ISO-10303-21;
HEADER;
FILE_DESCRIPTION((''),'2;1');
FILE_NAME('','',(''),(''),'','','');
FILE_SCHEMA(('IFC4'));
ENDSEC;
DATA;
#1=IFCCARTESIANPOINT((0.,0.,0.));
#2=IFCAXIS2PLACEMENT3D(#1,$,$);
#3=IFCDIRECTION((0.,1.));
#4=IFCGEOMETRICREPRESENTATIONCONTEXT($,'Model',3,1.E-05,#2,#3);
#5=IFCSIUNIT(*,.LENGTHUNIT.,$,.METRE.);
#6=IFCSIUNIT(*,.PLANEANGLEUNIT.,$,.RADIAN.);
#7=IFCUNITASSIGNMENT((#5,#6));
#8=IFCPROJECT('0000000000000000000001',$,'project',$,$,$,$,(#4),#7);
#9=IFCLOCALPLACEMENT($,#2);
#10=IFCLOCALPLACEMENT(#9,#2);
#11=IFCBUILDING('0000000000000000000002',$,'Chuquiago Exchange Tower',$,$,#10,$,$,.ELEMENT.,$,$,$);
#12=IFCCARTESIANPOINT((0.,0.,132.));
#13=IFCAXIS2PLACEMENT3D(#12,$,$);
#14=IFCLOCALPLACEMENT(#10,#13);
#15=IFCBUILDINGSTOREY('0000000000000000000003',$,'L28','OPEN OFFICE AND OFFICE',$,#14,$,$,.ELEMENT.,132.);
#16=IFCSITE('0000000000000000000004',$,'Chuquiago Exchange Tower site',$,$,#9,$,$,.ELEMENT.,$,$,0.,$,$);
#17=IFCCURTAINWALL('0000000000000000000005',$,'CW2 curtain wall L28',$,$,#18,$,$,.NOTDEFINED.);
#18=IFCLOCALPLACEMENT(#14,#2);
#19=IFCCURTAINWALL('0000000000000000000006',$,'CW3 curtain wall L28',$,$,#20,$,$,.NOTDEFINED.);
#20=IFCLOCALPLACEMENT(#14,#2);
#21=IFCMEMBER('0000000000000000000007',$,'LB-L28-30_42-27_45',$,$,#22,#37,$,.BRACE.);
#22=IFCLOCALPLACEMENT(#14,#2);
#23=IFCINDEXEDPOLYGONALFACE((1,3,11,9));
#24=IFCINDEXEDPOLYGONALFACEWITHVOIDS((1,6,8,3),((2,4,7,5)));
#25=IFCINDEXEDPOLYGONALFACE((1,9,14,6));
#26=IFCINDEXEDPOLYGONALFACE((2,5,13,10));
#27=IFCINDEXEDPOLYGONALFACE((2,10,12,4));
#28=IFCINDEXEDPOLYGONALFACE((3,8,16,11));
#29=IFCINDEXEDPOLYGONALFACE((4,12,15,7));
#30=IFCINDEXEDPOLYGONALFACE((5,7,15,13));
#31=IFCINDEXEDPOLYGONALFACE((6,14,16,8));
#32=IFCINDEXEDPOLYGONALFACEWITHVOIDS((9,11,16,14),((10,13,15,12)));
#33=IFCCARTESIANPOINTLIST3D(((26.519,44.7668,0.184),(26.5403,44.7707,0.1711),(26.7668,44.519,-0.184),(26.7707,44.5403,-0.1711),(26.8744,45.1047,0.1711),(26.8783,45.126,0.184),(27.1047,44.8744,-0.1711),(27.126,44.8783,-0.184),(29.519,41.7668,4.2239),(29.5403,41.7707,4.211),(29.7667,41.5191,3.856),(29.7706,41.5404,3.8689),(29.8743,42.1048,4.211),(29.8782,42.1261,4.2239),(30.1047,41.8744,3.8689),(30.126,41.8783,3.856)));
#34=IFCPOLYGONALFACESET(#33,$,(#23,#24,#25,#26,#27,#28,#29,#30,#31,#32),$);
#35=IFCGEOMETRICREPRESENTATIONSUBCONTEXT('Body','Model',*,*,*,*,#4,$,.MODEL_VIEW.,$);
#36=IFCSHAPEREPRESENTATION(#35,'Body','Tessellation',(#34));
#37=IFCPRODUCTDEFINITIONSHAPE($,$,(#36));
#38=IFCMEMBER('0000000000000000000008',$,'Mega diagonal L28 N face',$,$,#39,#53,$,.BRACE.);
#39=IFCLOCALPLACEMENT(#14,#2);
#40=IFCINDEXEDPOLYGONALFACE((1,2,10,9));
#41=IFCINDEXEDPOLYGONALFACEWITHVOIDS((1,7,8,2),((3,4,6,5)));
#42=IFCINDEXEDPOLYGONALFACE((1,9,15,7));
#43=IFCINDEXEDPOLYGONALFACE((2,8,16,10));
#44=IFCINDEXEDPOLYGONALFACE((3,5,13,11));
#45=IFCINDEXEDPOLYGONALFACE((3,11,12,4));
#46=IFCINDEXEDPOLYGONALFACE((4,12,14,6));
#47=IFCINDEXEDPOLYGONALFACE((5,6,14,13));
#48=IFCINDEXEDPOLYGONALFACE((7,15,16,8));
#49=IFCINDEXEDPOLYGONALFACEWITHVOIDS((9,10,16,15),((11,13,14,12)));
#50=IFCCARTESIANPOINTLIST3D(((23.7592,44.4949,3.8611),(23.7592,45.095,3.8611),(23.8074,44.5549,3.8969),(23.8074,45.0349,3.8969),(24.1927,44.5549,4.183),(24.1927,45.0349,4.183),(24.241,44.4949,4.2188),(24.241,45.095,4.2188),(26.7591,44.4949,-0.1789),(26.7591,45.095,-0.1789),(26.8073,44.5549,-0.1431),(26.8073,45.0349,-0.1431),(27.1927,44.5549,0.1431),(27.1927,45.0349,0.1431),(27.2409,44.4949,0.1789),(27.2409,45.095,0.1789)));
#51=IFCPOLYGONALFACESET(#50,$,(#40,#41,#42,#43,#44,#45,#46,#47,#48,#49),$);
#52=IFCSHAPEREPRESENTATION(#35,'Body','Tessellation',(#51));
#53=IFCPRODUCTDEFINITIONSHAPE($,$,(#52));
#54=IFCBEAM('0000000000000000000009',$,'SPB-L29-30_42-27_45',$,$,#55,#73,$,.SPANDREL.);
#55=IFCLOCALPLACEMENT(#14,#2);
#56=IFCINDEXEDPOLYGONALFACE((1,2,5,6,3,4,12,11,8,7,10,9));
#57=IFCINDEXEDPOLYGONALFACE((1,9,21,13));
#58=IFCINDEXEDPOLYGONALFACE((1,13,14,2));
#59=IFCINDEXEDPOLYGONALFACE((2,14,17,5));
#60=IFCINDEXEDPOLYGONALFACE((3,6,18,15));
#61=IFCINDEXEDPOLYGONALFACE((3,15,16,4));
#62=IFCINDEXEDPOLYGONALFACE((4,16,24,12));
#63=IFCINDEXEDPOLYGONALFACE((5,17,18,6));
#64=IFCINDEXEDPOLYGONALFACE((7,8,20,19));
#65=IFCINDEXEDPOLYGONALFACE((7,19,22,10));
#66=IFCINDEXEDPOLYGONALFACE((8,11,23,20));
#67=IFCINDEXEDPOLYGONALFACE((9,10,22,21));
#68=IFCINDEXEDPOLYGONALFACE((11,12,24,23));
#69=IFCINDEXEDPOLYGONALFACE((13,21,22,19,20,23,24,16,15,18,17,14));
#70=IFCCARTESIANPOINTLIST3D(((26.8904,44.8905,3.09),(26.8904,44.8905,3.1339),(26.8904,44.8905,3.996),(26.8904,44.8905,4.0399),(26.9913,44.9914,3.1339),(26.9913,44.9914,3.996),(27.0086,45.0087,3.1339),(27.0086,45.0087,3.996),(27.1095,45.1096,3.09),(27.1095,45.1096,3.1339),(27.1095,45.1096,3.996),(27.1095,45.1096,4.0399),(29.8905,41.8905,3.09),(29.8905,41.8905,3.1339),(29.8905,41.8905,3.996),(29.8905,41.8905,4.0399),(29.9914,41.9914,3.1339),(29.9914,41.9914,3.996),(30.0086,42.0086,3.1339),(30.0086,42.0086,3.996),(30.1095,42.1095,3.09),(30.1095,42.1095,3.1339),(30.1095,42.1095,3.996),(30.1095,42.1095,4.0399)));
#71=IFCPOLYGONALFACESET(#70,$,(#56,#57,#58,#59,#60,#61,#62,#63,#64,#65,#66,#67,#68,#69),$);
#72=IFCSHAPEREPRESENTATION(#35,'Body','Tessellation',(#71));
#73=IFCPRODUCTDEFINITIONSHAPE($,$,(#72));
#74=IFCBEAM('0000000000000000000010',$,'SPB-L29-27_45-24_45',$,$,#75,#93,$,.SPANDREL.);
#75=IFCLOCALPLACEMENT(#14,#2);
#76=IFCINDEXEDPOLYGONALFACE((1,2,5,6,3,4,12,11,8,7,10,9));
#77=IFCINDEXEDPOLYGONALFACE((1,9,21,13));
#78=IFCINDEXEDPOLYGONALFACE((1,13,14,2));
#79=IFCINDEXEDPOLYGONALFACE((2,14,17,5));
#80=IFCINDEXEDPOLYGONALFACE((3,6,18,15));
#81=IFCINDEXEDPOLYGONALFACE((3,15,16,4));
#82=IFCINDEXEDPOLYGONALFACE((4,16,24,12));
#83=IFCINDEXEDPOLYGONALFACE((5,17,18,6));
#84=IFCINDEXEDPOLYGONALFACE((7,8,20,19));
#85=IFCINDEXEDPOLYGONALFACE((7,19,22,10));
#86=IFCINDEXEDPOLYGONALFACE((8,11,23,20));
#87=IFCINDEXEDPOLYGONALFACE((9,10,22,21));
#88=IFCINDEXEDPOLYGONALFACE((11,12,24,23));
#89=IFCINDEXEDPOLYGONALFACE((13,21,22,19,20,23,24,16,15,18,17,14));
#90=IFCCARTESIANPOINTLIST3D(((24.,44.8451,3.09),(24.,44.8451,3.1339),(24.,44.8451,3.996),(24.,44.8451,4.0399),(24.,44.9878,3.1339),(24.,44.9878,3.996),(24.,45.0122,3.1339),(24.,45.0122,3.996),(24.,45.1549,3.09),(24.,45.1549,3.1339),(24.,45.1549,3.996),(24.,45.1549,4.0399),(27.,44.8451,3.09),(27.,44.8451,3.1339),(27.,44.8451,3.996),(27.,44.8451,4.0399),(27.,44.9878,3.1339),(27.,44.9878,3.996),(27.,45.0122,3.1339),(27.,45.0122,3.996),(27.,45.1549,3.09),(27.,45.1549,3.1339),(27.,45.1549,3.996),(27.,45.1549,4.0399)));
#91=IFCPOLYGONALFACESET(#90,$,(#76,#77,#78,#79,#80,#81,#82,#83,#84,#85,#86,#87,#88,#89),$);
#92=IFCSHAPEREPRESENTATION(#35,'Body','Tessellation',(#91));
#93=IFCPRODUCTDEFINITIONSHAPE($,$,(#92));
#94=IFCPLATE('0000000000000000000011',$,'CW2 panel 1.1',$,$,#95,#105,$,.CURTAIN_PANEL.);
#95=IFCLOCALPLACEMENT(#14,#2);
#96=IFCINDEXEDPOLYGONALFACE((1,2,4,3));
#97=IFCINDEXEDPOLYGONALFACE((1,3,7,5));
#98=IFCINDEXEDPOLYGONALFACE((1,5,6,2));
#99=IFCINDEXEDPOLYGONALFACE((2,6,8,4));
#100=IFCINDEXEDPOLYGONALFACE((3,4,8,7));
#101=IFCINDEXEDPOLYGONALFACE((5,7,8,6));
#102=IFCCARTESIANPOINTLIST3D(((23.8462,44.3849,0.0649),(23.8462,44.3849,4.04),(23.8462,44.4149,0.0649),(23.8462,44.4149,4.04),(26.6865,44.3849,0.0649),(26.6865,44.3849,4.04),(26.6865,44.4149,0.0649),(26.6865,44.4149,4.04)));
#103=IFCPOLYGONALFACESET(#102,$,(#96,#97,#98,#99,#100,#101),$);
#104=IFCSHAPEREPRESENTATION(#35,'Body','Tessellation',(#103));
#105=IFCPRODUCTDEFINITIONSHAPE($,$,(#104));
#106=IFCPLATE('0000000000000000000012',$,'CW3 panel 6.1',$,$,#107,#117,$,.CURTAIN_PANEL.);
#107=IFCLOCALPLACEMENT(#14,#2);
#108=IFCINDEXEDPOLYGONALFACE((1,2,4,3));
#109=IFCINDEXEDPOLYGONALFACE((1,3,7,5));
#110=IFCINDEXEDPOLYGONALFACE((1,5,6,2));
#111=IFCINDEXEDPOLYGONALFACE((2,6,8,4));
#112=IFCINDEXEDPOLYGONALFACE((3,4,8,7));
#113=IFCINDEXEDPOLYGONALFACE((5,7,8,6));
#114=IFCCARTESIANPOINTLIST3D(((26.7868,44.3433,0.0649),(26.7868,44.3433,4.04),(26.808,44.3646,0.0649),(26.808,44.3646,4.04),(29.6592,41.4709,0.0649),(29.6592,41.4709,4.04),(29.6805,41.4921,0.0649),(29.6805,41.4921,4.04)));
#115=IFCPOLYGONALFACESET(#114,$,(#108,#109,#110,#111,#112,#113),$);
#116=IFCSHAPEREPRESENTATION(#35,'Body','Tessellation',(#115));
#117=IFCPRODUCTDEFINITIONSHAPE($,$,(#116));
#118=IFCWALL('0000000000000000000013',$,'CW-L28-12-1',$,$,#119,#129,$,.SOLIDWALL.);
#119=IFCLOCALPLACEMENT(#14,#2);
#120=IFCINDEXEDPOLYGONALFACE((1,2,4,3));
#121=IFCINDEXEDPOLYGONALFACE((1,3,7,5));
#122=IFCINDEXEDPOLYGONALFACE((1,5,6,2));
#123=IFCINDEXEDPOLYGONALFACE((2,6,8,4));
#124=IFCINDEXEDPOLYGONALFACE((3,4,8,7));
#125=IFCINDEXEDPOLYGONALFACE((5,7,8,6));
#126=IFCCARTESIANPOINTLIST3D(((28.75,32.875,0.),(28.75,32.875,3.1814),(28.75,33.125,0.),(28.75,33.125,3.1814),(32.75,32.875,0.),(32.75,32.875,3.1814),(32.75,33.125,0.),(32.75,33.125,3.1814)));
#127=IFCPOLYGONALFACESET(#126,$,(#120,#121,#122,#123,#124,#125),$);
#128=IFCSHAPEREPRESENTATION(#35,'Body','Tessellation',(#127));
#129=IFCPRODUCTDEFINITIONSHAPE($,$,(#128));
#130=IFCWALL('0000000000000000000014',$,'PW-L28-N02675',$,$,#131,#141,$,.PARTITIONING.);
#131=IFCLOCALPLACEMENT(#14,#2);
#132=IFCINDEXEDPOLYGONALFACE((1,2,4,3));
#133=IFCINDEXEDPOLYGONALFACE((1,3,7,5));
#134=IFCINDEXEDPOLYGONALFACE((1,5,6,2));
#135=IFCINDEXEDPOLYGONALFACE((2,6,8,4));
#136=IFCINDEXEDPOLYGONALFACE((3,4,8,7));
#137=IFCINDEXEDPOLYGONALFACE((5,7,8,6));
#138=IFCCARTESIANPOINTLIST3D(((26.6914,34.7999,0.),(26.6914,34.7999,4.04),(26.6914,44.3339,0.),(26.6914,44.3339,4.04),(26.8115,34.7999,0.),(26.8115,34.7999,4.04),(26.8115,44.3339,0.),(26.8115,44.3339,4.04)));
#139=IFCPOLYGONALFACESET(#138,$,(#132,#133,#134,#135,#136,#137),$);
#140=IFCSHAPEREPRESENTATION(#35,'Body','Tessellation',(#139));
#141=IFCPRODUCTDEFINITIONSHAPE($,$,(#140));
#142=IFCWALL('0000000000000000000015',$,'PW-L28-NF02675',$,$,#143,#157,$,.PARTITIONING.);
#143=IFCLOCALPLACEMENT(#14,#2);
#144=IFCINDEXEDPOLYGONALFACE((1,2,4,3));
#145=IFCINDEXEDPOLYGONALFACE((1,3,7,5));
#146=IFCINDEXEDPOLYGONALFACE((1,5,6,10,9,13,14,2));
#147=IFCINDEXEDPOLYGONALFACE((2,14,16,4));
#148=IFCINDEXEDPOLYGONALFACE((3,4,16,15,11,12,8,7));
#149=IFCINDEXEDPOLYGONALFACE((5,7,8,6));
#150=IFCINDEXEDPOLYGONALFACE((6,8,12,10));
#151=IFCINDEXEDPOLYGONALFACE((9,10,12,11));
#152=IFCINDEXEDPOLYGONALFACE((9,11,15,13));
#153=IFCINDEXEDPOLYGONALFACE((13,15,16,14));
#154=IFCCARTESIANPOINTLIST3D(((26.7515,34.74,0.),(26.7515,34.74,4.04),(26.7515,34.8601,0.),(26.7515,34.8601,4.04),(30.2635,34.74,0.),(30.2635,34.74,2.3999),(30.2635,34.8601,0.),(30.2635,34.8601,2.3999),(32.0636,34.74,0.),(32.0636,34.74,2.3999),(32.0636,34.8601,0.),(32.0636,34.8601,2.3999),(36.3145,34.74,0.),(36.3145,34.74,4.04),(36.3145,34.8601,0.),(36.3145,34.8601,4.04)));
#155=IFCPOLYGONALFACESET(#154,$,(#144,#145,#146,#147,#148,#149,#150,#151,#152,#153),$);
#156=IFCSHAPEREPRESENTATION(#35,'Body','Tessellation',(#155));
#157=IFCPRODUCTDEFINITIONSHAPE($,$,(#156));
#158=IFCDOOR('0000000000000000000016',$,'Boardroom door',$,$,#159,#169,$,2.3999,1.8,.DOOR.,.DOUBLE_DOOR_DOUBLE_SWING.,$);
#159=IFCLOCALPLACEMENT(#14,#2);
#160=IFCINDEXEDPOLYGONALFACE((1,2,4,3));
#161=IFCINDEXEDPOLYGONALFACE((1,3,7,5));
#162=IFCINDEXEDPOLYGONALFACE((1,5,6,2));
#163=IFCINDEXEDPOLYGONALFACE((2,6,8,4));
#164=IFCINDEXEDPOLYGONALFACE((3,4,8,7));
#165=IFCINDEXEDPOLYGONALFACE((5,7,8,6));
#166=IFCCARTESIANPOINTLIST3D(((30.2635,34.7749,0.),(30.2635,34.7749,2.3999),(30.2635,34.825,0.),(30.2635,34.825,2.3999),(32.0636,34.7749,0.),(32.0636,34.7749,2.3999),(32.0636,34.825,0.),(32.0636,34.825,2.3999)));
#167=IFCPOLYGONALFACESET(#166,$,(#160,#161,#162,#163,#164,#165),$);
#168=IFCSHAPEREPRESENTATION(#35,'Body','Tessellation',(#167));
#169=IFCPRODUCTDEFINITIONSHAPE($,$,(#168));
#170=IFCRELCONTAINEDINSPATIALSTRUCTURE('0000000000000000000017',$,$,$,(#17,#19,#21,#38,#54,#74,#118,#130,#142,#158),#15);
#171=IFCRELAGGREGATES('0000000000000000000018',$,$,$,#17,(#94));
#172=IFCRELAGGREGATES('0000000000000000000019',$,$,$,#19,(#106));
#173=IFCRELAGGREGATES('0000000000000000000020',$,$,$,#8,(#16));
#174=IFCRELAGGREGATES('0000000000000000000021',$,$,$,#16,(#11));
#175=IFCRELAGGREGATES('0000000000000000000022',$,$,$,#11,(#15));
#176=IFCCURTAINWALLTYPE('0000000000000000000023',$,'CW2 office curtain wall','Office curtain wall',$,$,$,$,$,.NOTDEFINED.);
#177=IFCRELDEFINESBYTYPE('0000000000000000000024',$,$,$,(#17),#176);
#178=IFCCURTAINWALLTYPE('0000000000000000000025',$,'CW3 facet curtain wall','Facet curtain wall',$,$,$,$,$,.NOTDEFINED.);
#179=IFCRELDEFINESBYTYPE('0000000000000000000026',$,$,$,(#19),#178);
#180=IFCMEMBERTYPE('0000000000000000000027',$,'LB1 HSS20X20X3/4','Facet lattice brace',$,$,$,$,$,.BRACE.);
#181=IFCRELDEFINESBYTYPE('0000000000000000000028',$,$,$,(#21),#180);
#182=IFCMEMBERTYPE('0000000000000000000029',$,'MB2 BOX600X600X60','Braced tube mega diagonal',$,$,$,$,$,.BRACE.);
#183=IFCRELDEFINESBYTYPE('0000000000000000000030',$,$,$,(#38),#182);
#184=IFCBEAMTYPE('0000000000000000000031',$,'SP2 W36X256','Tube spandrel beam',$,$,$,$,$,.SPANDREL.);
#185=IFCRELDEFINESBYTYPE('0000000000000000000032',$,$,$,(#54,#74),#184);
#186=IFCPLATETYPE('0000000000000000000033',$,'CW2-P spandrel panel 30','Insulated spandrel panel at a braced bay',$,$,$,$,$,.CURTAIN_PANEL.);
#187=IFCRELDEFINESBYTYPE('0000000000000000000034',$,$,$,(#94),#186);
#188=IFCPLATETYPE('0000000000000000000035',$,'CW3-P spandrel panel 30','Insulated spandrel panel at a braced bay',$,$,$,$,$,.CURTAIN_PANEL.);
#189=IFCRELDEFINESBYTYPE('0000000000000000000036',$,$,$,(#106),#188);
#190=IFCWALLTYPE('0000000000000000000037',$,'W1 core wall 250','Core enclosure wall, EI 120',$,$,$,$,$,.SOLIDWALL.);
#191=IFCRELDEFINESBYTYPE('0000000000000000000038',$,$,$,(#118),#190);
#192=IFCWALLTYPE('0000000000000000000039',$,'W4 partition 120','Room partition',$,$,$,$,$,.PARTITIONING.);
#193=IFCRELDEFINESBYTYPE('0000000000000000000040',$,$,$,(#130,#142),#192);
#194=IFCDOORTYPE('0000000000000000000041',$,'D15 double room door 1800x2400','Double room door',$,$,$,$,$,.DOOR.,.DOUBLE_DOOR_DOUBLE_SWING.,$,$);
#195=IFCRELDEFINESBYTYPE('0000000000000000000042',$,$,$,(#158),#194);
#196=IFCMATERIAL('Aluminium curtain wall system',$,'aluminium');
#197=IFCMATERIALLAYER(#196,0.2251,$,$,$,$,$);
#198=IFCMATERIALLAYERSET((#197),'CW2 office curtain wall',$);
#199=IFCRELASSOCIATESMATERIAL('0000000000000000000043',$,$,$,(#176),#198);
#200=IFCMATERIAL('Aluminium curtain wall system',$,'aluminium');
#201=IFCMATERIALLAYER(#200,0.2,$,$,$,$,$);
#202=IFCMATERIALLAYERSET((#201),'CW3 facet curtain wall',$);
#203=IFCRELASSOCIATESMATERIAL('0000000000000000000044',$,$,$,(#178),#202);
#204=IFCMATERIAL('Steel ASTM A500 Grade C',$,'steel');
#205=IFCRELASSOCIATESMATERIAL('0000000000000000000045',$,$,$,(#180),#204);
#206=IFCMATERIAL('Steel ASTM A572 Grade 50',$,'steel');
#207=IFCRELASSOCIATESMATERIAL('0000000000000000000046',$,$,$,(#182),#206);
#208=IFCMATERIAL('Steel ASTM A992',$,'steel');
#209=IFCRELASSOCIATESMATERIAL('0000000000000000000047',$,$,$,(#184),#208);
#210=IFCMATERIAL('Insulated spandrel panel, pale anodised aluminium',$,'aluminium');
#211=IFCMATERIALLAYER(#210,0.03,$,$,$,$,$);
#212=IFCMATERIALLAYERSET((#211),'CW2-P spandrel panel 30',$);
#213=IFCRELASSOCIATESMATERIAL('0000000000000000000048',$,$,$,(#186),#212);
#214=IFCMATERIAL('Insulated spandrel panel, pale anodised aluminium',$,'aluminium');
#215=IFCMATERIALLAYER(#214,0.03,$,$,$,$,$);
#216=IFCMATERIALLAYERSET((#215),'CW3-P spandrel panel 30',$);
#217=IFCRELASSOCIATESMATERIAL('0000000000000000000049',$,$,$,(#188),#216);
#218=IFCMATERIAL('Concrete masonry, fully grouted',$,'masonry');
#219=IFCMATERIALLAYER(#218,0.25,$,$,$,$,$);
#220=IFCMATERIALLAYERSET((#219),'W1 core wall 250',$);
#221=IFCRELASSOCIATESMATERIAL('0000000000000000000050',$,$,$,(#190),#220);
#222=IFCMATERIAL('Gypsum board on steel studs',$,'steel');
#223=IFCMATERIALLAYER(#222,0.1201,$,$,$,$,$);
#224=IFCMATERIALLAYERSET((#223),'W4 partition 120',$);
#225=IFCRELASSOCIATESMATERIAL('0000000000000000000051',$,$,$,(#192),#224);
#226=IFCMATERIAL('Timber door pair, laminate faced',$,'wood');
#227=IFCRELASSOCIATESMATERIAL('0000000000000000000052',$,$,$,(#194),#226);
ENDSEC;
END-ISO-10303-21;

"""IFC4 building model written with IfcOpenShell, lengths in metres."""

from ifc_helpers import new_model, si_unit, direction, frame, frame_2d, origin, origin_2d, place, context, subcontext, project, spatial, rectangle, hollow_rectangle, i_section, extrude, material, layer, layer_set, material_profile, profile_set, type_object, element, fill, aggregate, save


model = new_model("IFC4")

# Units and contexts
model_context = context("Model", 3, precision=1e-05, world=origin(), true_north=direction((0.0, 1.0)))
body_context = subcontext(model_context, "Body", "Model", "MODEL_VIEW")
ifc_project = project(units=[si_unit("LENGTHUNIT", "METRE"), si_unit("PLANEANGLEUNIT", "RADIAN")], contexts=[model_context])

# Site, building, storey
site_placement = place(None, origin())
site = spatial("IfcSite", under=ifc_project, at=site_placement, Name="Chuquiago Exchange Tower site", CompositionType="ELEMENT", RefElevation=0.0)
building_placement = place(site_placement, origin())
building = spatial("IfcBuilding", under=site, at=building_placement, Name="Chuquiago Exchange Tower", CompositionType="ELEMENT")
storey_placement = place(building_placement, frame((0.0, 0.0, 132.0)))
storey = spatial("IfcBuildingStorey", under=building, at=storey_placement, Name="L28", Description="OPEN OFFICE AND OFFICE", CompositionType="ELEMENT", Elevation=132.0)

# Curtain walls
ifc_material_1 = material(Name="Aluminium curtain wall system", Category="aluminium")
ifc_layer_1 = layer(ifc_material_1, 0.2251)
ifc_layer_set_1 = layer_set([ifc_layer_1], Name="CW2 office curtain wall")
curtain_wall_type_1 = type_object("IfcCurtainWallType", Name="CW2 office curtain wall", Description="Office curtain wall", PredefinedType="NOTDEFINED", material=ifc_layer_set_1)
curtain_wall_1_placement = place(storey_placement, origin())
curtain_wall_1 = element("IfcCurtainWall", 1, at=curtain_wall_1_placement, inside=storey, type_object=curtain_wall_type_1, Name="CW2 curtain wall L28", PredefinedType="NOTDEFINED")
ifc_material_2 = material(Name="Aluminium curtain wall system", Category="aluminium")
ifc_layer_2 = layer(ifc_material_2, 0.2)
ifc_layer_set_2 = layer_set([ifc_layer_2], Name="CW3 facet curtain wall")
curtain_wall_type_2 = type_object("IfcCurtainWallType", Name="CW3 facet curtain wall", Description="Facet curtain wall", PredefinedType="NOTDEFINED", material=ifc_layer_set_2)
curtain_wall_2_placement = place(storey_placement, origin())
curtain_wall_2 = element("IfcCurtainWall", 2, at=curtain_wall_2_placement, inside=storey, type_object=curtain_wall_type_2, Name="CW3 curtain wall L28", PredefinedType="NOTDEFINED")

# Members
ifc_material_3 = material(Name="Steel ASTM A500 Grade C", Category="steel")
ifc_material_profile_1 = material_profile(ifc_material_3, hollow_rectangle(XDim=0.5081, YDim=0.5081, WallThickness=0.0178, at=origin_2d()), Name="HSS20X20X3/4")
ifc_profile_set_1 = profile_set([ifc_material_profile_1], Name="Steel ASTM A500 Grade C")
member_type_1 = type_object("IfcMemberType", Name="LB1 HSS20X20X3/4", Description="Facet lattice brace", PredefinedType="BRACE", material=ifc_profile_set_1)
member_1_placement = place(storey_placement, frame((26.8225, 44.8225, 0.0), z_axis=(0.512077, -0.512077, 0.689604), x_axis=(0.707107, 0.707107, 0.0)))
element("IfcMember", 3, at=member_1_placement, inside=storey, type_object=member_type_1, Name="LB-L28-30_42-27_45", PredefinedType="BRACE", context=body_context, shape_type="SweptSolid", body=[
    extrude(hollow_rectangle(XDim=0.5081, YDim=0.5081, WallThickness=0.0178, at=origin_2d()), origin(), (0.0, 0.0, 1.0), 5.8584),
])
ifc_material_4 = material(Name="Steel ASTM A572 Grade 50", Category="steel")
ifc_material_profile_2 = material_profile(ifc_material_4, hollow_rectangle(XDim=0.6001, YDim=0.6001, WallThickness=0.0601, at=origin_2d()), Name="BOX600X600X60")
ifc_profile_set_2 = profile_set([ifc_material_profile_2], Name="Steel ASTM A572 Grade 50")
member_type_2 = type_object("IfcMemberType", Name="MB2 BOX600X600X60", Description="Braced tube mega diagonal", PredefinedType="BRACE", material=ifc_profile_set_2)
member_2_placement = place(storey_placement, frame((27.0, 44.7949, 0.0), z_axis=(-0.596174, 0.0, 0.802855), x_axis=(0.0, -1.0, 0.0)))
element("IfcMember", 4, at=member_2_placement, inside=storey, type_object=member_type_2, Name="Mega diagonal L28 N face", PredefinedType="BRACE", context=body_context, shape_type="SweptSolid", body=[
    extrude(hollow_rectangle(XDim=0.6001, YDim=0.6001, WallThickness=0.0601, at=origin_2d()), origin(), (0.0, 0.0, 1.0), 5.032),
])

# Beams
ifc_material_5 = material(Name="Steel ASTM A992", Category="steel")
ifc_material_profile_3 = material_profile(ifc_material_5, i_section(OverallWidth=0.3098, OverallDepth=0.95, WebThickness=0.0244, FlangeThickness=0.0439, at=origin_2d()), Name="W36X256")
ifc_profile_set_3 = profile_set([ifc_material_profile_3], Name="Steel ASTM A992")
beam_type_1 = type_object("IfcBeamType", Name="SP2 W36X256", Description="Tube spandrel beam", PredefinedType="SPANDREL", material=ifc_profile_set_3)
beam_1_placement = place(storey_placement, frame((30.0, 42.0, 3.5649), z_axis=(-0.707107, 0.707107, 0.0), x_axis=(-0.707107, -0.707107, 0.0)))
element("IfcBeam", 5, at=beam_1_placement, inside=storey, type_object=beam_type_1, Name="SPB-L29-30_42-27_45", PredefinedType="SPANDREL", context=body_context, shape_type="SweptSolid", body=[
    extrude(i_section(OverallWidth=0.3098, OverallDepth=0.95, WebThickness=0.0244, FlangeThickness=0.0439, at=origin_2d()), origin(), (0.0, 0.0, 1.0), 4.2427),
])
beam_2_placement = place(storey_placement, frame((27.0, 45.0, 3.5649), z_axis=(-1.0, 0.0, 0.0), x_axis=(0.0, -1.0, 0.0)))
element("IfcBeam", 6, at=beam_2_placement, inside=storey, type_object=beam_type_1, Name="SPB-L29-27_45-24_45", PredefinedType="SPANDREL", context=body_context, shape_type="SweptSolid", body=[
    extrude(i_section(OverallWidth=0.3098, OverallDepth=0.95, WebThickness=0.0244, FlangeThickness=0.0439, at=origin_2d()), origin(), (0.0, 0.0, 1.0), 3.0),
])

# Plates
ifc_material_6 = material(Name="Insulated spandrel panel, pale anodised aluminium", Category="aluminium")
ifc_layer_3 = layer(ifc_material_6, 0.03)
ifc_layer_set_3 = layer_set([ifc_layer_3], Name="CW2-P spandrel panel 30")
plate_type_1 = type_object("IfcPlateType", Name="CW2-P spandrel panel 30", Description="Insulated spandrel panel at a braced bay", PredefinedType="CURTAIN_PANEL", material=ifc_layer_set_3)
plate_1_placement = place(storey_placement, frame((25.2664, 44.3999, 0.0649), z_axis=(0.0, 0.0, 1.0), x_axis=(-1.0, 0.0, 0.0)))
plate_1 = element("IfcPlate", 7, at=plate_1_placement, type_object=plate_type_1, Name="CW2 panel 1.1", PredefinedType="CURTAIN_PANEL", context=body_context, shape_type="SweptSolid", body=[
    extrude(rectangle(XDim=2.8403, YDim=0.03, at=origin_2d()), origin(), (0.0, 0.0, 1.0), 3.9751),
])
aggregate(curtain_wall_1, [plate_1])
ifc_material_7 = material(Name="Insulated spandrel panel, pale anodised aluminium", Category="aluminium")
ifc_layer_4 = layer(ifc_material_7, 0.03)
ifc_layer_set_4 = layer_set([ifc_layer_4], Name="CW3-P spandrel panel 30")
plate_type_2 = type_object("IfcPlateType", Name="CW3-P spandrel panel 30", Description="Insulated spandrel panel at a braced bay", PredefinedType="CURTAIN_PANEL", material=ifc_layer_set_4)
plate_2_placement = place(storey_placement, frame((28.2336, 42.9177, 0.0649), z_axis=(0.0, 0.0, 1.0), x_axis=(-0.707107, 0.707107, 0.0)))
plate_2 = element("IfcPlate", 8, at=plate_2_placement, type_object=plate_type_2, Name="CW3 panel 6.1", PredefinedType="CURTAIN_PANEL", context=body_context, shape_type="SweptSolid", body=[
    extrude(rectangle(XDim=4.0623, YDim=0.03, at=origin_2d()), origin(), (0.0, 0.0, 1.0), 3.9751),
])
aggregate(curtain_wall_2, [plate_2])

# Walls
ifc_material_8 = material(Name="Concrete masonry, fully grouted", Category="masonry")
ifc_layer_5 = layer(ifc_material_8, 0.25)
ifc_layer_set_5 = layer_set([ifc_layer_5], Name="W1 core wall 250")
wall_type_1 = type_object("IfcWallType", Name="W1 core wall 250", Description="Core enclosure wall, EI 120", PredefinedType="SOLIDWALL", material=ifc_layer_set_5)
wall_1_placement = place(storey_placement, frame((28.75, 33.0, 0.0), z_axis=(0.0, 0.0, 1.0), x_axis=(1.0, 0.0, 0.0)))
element("IfcWall", 9, at=wall_1_placement, inside=storey, type_object=wall_type_1, Name="CW-L28-12-1", PredefinedType="SOLIDWALL", context=body_context, shape_type="SweptSolid", body=[
    extrude(rectangle(XDim=4.0, YDim=0.25, at=frame_2d((2.0, 0.0))), origin(), (0.0, 0.0, 1.0), 3.1814),
])
ifc_material_9 = material(Name="Gypsum board on steel studs", Category="steel")
ifc_layer_6 = layer(ifc_material_9, 0.1201)
ifc_layer_set_6 = layer_set([ifc_layer_6], Name="W4 partition 120")
wall_type_2 = type_object("IfcWallType", Name="W4 partition 120", Description="Room partition", PredefinedType="PARTITIONING", material=ifc_layer_set_6)
wall_2_placement = place(storey_placement, frame((26.7515, 44.334, 0.0), z_axis=(0.0, 0.0, 1.0), x_axis=(0.0, -1.0, 0.0)))
element("IfcWall", 10, at=wall_2_placement, inside=storey, type_object=wall_type_2, Name="PW-L28-N02675", PredefinedType="PARTITIONING", context=body_context, shape_type="SweptSolid", body=[
    extrude(rectangle(XDim=9.5339, YDim=0.1201, at=frame_2d((4.7671, 0.0))), origin(), (0.0, 0.0, 1.0), 4.04),
])

# Wall, opening, door
wall_3_placement = place(storey_placement, frame((26.7515, 34.8, 0.0), z_axis=(0.0, 0.0, 1.0), x_axis=(1.0, 0.0, 0.0)))
wall_3 = element("IfcWall", 11, at=wall_3_placement, inside=storey, type_object=wall_type_2, Name="PW-L28-NF02675", PredefinedType="PARTITIONING", context=body_context, shape_type="SweptSolid", body=[
    extrude(rectangle(XDim=9.563, YDim=0.1201, at=frame_2d((4.7815, 0.0))), origin(), (0.0, 0.0, 1.0), 4.04),
])
opening_placement = place(wall_3_placement, frame((3.5122, 0.0, 0.0)))
opening = element("IfcOpeningElement", 12, at=opening_placement, cuts=wall_3, PredefinedType="OPENING", context=body_context, shape_type="SweptSolid", body=[
    extrude(rectangle(XDim=1.8, YDim=2.3999, at=frame_2d((0.8999, 1.2))), frame((0.0, 0.0701, 0.0), z_axis=(0.0, -1.0, 0.0), x_axis=(1.0, 0.0, 0.0)), (0.0, 0.0, 1.0), 0.1401),
])
ifc_material_10 = material(Name="Timber door pair, laminate faced", Category="wood")
door_type = type_object("IfcDoorType", Name="D15 double room door 1800x2400", Description="Double room door", OperationType="DOUBLE_DOOR_DOUBLE_SWING", PredefinedType="DOOR", material=ifc_material_10)
door_placement = place(opening_placement, origin())
door = element("IfcDoor", 13, at=door_placement, inside=storey, type_object=door_type, Name="Boardroom door", OperationType="DOUBLE_DOOR_DOUBLE_SWING", OverallHeight=2.3999, OverallWidth=1.8, PredefinedType="DOOR", context=body_context, shape_type="SweptSolid", body=[
    extrude(rectangle(XDim=1.8, YDim=2.3999, at=frame_2d((0.8999, 1.2))), frame((0.0, 0.0249, 0.0), z_axis=(0.0, -1.0, 0.0), x_axis=(1.0, 0.0, 0.0)), (0.0, 0.0, 1.0), 0.05),
])
fill(opening, door)

save(model, "model.ifc")
